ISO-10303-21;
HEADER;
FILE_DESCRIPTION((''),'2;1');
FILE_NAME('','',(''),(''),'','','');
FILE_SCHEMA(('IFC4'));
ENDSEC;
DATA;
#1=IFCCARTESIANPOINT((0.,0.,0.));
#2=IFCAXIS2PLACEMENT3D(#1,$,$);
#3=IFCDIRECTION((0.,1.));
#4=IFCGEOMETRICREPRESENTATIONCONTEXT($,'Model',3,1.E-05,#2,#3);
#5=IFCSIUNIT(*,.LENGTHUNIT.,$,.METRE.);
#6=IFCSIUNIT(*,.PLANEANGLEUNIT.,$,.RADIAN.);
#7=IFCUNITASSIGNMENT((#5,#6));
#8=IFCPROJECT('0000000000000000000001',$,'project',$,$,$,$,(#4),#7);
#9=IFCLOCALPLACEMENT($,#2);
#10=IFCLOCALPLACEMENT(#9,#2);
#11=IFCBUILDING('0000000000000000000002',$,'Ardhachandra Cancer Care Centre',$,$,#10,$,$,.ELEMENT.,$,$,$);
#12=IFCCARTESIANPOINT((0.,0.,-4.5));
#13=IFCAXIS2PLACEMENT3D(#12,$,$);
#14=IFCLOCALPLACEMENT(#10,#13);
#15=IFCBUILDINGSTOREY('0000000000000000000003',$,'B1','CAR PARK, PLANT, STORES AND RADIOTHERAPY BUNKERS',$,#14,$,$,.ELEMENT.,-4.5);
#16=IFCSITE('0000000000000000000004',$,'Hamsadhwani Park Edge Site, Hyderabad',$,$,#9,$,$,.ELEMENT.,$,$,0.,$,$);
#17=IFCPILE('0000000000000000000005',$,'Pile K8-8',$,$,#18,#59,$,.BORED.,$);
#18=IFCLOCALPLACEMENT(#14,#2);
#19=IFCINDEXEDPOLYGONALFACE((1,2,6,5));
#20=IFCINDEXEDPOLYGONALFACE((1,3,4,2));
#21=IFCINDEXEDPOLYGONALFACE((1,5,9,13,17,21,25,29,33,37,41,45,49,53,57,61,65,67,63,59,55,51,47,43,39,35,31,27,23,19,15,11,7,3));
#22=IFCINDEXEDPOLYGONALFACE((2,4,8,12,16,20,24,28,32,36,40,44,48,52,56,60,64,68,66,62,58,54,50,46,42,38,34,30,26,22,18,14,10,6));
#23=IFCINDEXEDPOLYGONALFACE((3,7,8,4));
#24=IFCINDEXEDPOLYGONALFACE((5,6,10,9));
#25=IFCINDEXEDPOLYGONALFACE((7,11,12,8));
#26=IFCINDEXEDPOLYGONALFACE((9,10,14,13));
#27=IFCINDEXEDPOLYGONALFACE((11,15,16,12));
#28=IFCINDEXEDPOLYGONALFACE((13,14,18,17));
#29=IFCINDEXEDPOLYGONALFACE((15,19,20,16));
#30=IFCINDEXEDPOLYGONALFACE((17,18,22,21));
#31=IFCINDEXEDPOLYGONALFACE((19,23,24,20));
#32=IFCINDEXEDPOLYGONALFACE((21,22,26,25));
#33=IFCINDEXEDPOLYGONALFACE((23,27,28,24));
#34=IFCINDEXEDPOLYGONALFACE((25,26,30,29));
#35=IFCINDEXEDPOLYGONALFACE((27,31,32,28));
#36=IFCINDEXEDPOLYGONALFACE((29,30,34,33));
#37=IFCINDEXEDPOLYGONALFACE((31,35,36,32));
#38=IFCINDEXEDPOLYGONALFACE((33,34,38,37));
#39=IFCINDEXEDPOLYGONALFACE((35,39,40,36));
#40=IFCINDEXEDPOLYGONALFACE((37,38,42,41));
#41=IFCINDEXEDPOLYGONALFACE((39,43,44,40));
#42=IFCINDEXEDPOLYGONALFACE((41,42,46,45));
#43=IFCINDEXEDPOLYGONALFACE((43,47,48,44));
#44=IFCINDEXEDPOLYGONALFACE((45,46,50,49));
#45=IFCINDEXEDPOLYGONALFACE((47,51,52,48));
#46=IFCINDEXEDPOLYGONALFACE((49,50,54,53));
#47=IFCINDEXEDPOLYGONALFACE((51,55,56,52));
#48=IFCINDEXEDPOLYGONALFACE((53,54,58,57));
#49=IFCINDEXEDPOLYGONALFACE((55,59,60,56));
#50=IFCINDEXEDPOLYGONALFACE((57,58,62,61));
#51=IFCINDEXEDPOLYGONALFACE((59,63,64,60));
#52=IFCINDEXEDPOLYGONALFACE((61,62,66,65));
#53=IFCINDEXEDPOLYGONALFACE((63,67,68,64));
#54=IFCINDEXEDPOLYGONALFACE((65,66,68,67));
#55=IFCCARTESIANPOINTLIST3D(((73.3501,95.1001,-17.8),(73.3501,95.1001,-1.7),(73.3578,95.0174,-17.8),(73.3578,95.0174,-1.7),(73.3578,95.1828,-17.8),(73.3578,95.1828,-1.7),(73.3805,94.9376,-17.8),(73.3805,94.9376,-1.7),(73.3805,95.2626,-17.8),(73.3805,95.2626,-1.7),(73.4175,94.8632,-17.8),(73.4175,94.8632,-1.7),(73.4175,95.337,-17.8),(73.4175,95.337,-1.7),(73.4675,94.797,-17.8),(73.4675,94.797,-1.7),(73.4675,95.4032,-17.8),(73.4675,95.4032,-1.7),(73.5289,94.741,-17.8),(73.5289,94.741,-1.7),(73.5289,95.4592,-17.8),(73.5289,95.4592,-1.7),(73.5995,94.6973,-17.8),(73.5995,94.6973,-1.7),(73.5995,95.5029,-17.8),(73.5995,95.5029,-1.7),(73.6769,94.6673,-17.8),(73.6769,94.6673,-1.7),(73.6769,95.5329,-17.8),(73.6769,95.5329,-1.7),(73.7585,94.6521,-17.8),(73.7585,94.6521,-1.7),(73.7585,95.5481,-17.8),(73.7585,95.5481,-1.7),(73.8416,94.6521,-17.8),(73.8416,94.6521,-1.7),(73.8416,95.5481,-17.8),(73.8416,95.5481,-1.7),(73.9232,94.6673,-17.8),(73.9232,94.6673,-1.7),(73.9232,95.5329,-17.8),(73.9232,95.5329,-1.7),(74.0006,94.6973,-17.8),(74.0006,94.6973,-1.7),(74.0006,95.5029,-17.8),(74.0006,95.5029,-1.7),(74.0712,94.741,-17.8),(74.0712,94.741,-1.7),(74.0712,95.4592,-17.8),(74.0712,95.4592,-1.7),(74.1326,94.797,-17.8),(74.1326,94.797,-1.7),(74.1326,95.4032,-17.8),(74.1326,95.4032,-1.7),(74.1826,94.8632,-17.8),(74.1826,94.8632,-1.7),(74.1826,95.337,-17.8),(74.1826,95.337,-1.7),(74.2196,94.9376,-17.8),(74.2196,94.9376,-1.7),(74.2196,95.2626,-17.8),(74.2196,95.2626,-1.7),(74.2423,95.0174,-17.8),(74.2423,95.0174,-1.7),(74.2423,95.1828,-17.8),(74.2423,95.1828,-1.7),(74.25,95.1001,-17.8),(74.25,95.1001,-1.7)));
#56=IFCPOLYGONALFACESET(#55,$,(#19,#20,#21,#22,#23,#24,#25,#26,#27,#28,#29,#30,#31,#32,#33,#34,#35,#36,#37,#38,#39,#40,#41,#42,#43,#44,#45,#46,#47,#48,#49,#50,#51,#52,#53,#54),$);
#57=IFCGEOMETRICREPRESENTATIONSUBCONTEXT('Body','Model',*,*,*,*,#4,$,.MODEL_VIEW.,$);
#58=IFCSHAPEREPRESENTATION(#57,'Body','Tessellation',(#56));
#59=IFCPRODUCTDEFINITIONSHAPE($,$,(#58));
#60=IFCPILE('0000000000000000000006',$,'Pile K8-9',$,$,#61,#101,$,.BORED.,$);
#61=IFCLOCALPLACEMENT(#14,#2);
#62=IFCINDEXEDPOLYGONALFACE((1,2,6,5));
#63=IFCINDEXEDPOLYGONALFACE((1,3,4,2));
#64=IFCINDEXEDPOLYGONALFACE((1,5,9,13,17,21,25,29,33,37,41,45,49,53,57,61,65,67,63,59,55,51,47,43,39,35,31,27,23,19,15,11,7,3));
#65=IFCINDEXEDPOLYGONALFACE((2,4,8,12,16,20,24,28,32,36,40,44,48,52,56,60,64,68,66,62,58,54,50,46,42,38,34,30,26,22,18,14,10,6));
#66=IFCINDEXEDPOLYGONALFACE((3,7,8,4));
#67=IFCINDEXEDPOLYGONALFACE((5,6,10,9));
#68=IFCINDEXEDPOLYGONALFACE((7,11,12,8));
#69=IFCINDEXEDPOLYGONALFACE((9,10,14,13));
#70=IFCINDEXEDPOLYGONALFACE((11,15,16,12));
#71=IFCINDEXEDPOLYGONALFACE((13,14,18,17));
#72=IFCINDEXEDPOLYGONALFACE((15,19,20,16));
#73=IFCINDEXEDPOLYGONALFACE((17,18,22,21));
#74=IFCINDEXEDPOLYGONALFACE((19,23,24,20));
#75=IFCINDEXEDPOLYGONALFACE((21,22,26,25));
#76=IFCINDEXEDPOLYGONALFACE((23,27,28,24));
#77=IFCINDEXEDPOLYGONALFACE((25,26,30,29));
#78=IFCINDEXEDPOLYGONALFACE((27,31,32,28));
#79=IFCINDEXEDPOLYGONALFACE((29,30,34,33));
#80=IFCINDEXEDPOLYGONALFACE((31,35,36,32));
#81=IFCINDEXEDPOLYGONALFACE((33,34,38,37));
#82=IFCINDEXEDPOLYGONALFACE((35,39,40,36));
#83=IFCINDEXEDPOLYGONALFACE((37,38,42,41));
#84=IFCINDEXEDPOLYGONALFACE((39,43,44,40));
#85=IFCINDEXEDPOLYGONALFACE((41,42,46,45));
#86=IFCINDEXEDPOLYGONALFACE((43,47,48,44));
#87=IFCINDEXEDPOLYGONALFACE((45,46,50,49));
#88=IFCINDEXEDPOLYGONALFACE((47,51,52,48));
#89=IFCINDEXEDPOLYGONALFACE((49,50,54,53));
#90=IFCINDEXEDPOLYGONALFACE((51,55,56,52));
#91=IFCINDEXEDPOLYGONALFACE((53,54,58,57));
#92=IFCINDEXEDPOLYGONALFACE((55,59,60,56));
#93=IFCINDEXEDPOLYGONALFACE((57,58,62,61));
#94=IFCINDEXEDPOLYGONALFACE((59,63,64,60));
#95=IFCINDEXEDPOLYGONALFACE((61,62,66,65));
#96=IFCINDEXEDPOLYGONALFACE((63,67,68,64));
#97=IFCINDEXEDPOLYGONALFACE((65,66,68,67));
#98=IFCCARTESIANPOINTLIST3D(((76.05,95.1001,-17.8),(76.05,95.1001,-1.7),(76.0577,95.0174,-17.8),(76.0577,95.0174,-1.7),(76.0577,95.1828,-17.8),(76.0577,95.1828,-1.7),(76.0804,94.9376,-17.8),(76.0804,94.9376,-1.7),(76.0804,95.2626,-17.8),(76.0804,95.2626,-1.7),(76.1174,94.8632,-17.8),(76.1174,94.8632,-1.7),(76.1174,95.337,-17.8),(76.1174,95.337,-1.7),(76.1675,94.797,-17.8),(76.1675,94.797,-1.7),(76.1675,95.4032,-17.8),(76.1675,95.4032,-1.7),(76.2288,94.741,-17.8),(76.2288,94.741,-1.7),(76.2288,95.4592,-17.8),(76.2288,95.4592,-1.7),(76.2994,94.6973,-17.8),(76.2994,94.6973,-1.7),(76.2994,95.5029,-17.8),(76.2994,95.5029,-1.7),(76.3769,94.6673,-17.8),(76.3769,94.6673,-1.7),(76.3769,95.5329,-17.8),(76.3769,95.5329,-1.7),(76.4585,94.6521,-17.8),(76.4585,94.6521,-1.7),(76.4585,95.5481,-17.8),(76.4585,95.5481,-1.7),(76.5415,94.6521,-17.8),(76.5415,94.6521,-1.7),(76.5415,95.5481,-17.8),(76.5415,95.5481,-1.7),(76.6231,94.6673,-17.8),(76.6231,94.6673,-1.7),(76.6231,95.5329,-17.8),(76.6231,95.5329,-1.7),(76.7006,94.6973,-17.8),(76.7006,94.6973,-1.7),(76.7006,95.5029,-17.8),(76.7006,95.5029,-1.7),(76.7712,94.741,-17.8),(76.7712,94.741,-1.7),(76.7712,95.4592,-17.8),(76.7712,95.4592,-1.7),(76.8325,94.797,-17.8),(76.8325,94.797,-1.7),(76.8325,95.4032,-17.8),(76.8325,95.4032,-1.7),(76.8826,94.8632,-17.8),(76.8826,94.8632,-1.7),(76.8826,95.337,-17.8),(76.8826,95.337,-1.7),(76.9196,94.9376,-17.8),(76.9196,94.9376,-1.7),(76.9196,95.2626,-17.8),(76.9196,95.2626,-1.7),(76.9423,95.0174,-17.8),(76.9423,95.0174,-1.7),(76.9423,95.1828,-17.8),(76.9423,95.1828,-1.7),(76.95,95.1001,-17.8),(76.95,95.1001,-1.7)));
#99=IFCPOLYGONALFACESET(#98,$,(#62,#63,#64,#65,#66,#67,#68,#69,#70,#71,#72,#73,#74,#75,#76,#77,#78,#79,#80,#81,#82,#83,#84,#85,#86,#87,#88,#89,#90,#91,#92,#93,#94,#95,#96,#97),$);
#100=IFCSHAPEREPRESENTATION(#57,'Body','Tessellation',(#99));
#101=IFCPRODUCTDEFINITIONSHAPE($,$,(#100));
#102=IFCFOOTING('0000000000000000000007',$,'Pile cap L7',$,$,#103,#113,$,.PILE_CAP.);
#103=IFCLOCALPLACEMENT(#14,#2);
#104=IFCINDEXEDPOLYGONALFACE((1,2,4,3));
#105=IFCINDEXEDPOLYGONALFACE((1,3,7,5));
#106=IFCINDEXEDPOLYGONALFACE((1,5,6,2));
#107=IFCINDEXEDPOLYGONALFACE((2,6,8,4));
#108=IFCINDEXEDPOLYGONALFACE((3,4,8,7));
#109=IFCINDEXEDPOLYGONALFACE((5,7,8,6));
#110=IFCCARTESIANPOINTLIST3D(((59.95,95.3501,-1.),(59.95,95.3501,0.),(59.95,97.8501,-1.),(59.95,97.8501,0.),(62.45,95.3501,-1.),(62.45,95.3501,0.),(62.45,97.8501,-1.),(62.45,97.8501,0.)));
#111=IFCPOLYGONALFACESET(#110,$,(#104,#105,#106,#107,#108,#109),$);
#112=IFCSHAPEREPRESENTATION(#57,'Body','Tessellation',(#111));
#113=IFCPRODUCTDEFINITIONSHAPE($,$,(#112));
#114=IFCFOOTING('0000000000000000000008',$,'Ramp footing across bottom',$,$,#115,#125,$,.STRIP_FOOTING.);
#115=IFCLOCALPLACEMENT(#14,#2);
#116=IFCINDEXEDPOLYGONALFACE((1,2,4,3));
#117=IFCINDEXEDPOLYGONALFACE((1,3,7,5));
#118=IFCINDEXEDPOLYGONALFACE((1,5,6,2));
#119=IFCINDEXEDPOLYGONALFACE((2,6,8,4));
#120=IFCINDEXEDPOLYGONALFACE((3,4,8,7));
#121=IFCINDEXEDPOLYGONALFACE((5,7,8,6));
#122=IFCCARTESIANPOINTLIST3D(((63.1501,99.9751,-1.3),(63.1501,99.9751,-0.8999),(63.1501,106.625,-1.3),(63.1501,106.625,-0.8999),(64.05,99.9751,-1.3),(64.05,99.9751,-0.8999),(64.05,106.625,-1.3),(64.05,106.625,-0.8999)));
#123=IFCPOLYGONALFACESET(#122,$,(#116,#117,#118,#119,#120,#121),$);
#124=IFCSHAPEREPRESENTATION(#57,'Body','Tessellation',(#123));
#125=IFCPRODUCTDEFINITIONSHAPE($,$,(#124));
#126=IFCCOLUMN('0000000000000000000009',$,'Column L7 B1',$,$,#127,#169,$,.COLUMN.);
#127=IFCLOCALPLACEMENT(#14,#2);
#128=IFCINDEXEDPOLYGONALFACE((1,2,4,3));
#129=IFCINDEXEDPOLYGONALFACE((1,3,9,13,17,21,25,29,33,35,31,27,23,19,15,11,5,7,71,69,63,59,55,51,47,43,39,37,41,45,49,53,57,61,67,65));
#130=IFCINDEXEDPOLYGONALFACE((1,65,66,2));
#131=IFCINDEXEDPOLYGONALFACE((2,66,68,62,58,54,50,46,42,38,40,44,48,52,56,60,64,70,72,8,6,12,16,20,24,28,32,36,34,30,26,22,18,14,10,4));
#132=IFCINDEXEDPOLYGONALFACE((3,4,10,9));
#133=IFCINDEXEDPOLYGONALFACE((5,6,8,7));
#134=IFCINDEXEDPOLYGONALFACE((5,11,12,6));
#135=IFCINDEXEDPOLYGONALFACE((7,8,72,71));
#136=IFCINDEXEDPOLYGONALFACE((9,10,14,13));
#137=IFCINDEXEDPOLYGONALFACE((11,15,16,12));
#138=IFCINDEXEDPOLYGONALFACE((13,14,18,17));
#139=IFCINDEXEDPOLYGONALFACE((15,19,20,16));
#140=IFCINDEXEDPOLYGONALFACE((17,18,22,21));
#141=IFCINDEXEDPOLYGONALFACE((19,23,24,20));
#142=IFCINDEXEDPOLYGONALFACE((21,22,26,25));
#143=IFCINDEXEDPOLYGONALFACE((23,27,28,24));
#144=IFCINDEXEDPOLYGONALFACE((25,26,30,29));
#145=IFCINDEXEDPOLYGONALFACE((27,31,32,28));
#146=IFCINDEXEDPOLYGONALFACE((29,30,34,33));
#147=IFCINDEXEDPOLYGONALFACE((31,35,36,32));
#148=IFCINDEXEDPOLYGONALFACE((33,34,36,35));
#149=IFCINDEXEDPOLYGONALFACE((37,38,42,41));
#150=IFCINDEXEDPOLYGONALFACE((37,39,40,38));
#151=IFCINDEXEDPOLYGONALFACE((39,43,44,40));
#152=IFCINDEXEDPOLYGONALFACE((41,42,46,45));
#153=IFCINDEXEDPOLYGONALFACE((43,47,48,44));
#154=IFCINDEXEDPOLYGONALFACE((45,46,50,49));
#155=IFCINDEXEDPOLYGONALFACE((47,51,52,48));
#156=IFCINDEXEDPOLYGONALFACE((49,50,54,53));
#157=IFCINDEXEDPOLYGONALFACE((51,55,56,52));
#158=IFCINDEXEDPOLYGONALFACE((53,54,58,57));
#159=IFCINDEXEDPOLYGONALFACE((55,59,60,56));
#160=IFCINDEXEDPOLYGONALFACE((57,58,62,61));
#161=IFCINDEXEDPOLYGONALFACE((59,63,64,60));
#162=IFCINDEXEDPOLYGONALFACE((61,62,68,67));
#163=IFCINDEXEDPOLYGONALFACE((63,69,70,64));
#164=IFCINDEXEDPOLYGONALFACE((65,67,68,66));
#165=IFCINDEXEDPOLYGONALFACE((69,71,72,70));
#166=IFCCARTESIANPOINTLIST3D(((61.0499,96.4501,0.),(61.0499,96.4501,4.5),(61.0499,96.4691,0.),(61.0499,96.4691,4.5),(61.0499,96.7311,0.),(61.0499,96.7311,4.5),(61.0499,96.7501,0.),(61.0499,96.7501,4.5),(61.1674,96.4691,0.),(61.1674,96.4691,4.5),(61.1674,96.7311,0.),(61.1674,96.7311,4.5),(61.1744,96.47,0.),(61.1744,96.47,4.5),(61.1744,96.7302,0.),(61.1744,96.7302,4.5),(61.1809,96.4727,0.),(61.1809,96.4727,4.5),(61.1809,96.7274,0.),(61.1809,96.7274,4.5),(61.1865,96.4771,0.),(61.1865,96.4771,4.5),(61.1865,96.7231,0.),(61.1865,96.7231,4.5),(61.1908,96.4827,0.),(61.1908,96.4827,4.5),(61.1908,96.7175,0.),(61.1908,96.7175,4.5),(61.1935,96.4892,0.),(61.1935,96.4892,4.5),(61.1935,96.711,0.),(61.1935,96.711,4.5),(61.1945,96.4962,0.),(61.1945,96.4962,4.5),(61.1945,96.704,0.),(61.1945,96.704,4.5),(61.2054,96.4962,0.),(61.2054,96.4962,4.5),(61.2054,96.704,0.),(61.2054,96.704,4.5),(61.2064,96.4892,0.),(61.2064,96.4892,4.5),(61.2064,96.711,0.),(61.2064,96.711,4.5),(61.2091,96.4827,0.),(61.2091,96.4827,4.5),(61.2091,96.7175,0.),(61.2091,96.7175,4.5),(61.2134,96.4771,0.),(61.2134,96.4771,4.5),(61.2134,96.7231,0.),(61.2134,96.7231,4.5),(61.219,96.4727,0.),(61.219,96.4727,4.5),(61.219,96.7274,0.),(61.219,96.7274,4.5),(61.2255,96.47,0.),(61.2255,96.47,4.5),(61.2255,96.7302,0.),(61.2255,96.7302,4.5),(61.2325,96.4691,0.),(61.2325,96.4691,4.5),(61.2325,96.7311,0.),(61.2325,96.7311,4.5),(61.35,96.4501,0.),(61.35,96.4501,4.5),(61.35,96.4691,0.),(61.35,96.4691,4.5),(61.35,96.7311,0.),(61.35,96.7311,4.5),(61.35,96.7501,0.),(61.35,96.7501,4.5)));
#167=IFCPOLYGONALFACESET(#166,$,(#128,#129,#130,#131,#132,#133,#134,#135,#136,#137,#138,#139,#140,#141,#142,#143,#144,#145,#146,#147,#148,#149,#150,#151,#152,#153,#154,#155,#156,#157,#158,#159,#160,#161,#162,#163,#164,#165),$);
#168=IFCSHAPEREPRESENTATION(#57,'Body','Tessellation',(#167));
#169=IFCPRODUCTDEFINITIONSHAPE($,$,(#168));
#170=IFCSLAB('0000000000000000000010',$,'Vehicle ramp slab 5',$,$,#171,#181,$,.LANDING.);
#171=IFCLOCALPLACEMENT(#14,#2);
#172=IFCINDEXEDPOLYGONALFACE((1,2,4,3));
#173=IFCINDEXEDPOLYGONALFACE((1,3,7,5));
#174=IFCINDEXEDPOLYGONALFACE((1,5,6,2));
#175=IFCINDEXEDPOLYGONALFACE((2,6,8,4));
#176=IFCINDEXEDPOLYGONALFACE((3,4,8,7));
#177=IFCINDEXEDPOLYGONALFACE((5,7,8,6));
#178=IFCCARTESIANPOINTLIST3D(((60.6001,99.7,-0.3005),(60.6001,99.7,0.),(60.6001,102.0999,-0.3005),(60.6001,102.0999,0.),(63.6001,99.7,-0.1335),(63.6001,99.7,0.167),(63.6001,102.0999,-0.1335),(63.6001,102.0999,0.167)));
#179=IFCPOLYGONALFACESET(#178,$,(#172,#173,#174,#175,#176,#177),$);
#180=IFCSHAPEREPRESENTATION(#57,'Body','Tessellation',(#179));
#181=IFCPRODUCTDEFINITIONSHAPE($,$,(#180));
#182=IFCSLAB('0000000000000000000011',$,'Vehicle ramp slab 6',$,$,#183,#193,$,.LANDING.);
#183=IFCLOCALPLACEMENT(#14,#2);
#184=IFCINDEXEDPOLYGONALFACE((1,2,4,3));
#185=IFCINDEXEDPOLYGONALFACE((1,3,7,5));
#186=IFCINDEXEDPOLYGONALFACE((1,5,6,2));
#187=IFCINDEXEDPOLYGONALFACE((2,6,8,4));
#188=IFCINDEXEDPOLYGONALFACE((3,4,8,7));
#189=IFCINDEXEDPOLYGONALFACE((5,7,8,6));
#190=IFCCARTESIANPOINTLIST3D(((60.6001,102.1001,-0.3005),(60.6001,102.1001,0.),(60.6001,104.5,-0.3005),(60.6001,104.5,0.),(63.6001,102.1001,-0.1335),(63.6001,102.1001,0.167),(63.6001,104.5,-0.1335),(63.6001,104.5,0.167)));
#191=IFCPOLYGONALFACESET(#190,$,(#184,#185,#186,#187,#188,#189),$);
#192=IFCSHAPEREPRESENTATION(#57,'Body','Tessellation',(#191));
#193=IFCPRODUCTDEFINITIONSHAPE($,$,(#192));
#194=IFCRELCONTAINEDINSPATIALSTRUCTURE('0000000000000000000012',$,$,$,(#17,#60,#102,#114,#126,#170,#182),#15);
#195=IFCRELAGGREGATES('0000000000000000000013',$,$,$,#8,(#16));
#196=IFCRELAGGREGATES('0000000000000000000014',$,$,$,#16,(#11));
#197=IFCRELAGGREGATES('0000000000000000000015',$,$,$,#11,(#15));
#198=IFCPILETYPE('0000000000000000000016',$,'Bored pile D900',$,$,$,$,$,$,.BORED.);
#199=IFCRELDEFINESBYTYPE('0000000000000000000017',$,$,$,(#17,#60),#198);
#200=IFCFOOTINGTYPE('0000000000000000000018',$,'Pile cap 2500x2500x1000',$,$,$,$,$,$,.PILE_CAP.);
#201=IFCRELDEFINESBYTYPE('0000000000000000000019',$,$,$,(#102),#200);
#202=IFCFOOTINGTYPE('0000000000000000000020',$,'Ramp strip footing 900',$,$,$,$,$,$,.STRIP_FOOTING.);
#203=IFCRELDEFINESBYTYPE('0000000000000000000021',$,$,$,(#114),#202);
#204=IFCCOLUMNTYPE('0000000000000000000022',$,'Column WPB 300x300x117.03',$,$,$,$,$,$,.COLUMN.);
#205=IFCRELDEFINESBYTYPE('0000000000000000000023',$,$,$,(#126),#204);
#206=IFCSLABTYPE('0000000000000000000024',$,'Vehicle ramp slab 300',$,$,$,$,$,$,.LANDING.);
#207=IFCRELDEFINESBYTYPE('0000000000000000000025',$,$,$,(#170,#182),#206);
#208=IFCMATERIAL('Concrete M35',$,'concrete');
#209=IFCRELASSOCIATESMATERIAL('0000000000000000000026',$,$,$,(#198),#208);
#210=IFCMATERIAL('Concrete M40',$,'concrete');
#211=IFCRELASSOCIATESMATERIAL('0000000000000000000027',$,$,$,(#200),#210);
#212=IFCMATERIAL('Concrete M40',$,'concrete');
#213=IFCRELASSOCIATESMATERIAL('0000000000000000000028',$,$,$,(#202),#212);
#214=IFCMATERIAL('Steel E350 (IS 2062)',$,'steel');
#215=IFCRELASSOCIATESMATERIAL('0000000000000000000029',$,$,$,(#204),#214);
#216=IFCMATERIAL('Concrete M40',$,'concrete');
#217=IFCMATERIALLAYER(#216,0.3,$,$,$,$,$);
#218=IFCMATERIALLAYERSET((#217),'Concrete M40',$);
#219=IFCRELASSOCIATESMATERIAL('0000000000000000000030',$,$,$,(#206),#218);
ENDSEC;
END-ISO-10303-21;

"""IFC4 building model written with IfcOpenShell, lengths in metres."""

from ifc_helpers import new_model, si_unit, direction, frame, origin, origin_2d, place, context, subcontext, project, spatial, polyline, rectangle, circle, i_section, outline, extrude, material, layer, layer_set, material_profile, profile_set, type_object, element, save


model = new_model("IFC4")

# Units and contexts
model_context = context("Model", 3, precision=1e-05, world=origin(), true_north=direction((0.0, 1.0)))
body_context = subcontext(model_context, "Body", "Model", "MODEL_VIEW")
ifc_project = project(units=[si_unit("LENGTHUNIT", "METRE"), si_unit("PLANEANGLEUNIT", "RADIAN")], contexts=[model_context])

# Site, building, storey
site_placement = place(None, origin())
site = spatial("IfcSite", under=ifc_project, at=site_placement, Name="Hamsadhwani Park Edge Site, Hyderabad", CompositionType="ELEMENT", RefElevation=0.0)
building_placement = place(site_placement, origin())
building = spatial("IfcBuilding", under=site, at=building_placement, Name="Ardhachandra Cancer Care Centre", CompositionType="ELEMENT")
storey_placement = place(building_placement, frame((0.0, 0.0, -4.5)))
storey = spatial("IfcBuildingStorey", under=building, at=storey_placement, Name="B1", Description="CAR PARK, PLANT, STORES AND RADIOTHERAPY BUNKERS", CompositionType="ELEMENT", Elevation=-4.5)

# Piles
ifc_material_1 = material(Name="Concrete M35", Category="concrete")
ifc_material_profile_1 = material_profile(ifc_material_1, circle(Radius=0.45, at=origin_2d()), Name="D900")
ifc_profile_set_1 = profile_set([ifc_material_profile_1], Name="Concrete M35")
pile_type_1 = type_object("IfcPileType", Name="Bored pile D900", PredefinedType="BORED", material=ifc_profile_set_1)
for number, where, z_axis, x_axis, name in (
    (1, (73.8, 95.1001, -1.7), (0.0, 0.0, -1.0), (1.0, 0.0, 0.0), "Pile K8-8"),
    (2, (76.5, 95.1001, -1.7), (0.0, 0.0, -1.0), (1.0, 0.0, 0.0), "Pile K8-9"),
):
    element("IfcPile", number, at=place(storey_placement, frame(where, z_axis=z_axis, x_axis=x_axis)), inside=storey, type_object=pile_type_1, Name=name, PredefinedType="BORED", context=body_context, shape_type="SweptSolid", body=[
        extrude(circle(Radius=0.45, at=origin_2d()), origin(), (0.0, 0.0, 1.0), 16.1001),
    ])

# Footings
ifc_material_2 = material(Name="Concrete M40", Category="concrete")
footing_type_1 = type_object("IfcFootingType", Name="Pile cap 2500x2500x1000", PredefinedType="PILE_CAP", material=ifc_material_2)
footing_1_placement = place(storey_placement, frame((61.2, 96.6001, -1.0), z_axis=(0.0, 0.0, 1.0), x_axis=(1.0, 0.0, 0.0)))
element("IfcFooting", 3, at=footing_1_placement, inside=storey, type_object=footing_type_1, Name="Pile cap L7", PredefinedType="PILE_CAP", context=body_context, shape_type="SweptSolid", body=[
    extrude(rectangle(XDim=2.5, YDim=2.5, at=origin_2d()), origin(), (0.0, 0.0, 1.0), 1.0),
])
ifc_material_3 = material(Name="Concrete M40", Category="concrete")
footing_type_2 = type_object("IfcFootingType", Name="Ramp strip footing 900", PredefinedType="STRIP_FOOTING", material=ifc_material_3)
footing_2_placement = place(storey_placement, frame((63.6001, 99.9751, -1.3), z_axis=(0.0, 0.0, 1.0), x_axis=(0.0, 1.0, 0.0)))
element("IfcFooting", 4, at=footing_2_placement, inside=storey, type_object=footing_type_2, Name="Ramp footing across bottom", PredefinedType="STRIP_FOOTING", context=body_context, shape_type="SweptSolid", body=[
    extrude(outline(polyline([(0.0, 0.0), (6.6499, 0.0), (6.6499, 0.4001), (0.0, 0.4001), (0.0, 0.0)])), frame((0.0, 0.45, 0.0), z_axis=(0.0, -1.0, 0.0), x_axis=(1.0, 0.0, 0.0)), (0.0, 0.0, 1.0), 0.8999),
])

# Column
ifc_material_4 = material(Name="Steel E350 (IS 2062)", Category="steel")
ifc_material_profile_2 = material_profile(ifc_material_4, i_section(OverallWidth=0.3, OverallDepth=0.3, WebThickness=0.011, FlangeThickness=0.019, FilletRadius=0.0271, at=origin_2d()), Name="WPB 300x300x117.03")
ifc_profile_set_2 = profile_set([ifc_material_profile_2], Name="Steel E350 (IS 2062)")
column_type = type_object("IfcColumnType", Name="Column WPB 300x300x117.03", PredefinedType="COLUMN", material=ifc_profile_set_2)
column_placement = place(storey_placement, frame((61.2, 96.6001, 0.0), z_axis=(0.0, 0.0, 1.0), x_axis=(1.0, 0.0, 0.0)))
element("IfcColumn", 5, at=column_placement, inside=storey, type_object=column_type, Name="Column L7 B1", PredefinedType="COLUMN", context=body_context, shape_type="SweptSolid", body=[
    extrude(i_section(OverallWidth=0.3, OverallDepth=0.3, WebThickness=0.011, FlangeThickness=0.019, FilletRadius=0.0271, at=origin_2d()), origin(), (0.0, 0.0, 1.0), 4.5),
])

# Slabs
ifc_material_5 = material(Name="Concrete M40", Category="concrete")
ifc_layer_1 = layer(ifc_material_5, 0.3)
ifc_layer_set_1 = layer_set([ifc_layer_1], Name="Concrete M40")
slab_type = type_object("IfcSlabType", Name="Vehicle ramp slab 300", PredefinedType="LANDING", material=ifc_layer_set_1)
for number, where, z_axis, x_axis, name in (
    (6, (63.6001, 100.8999, 0.167), (0.0, 0.0, 1.0), (-1.0, 0.0, 0.0), "Vehicle ramp slab 5"),
    (7, (63.6001, 103.3, 0.167), (0.0, 0.0, 1.0), (-1.0, 0.0, 0.0), "Vehicle ramp slab 6"),
):
    element("IfcSlab", number, at=place(storey_placement, frame(where, z_axis=z_axis, x_axis=x_axis)), inside=storey, type_object=slab_type, Name=name, PredefinedType="LANDING", context=body_context, shape_type="SweptSolid", body=[
        extrude(outline(polyline([(0.0, -0.3005), (3.0, -0.4675), (3.0, -0.167), (0.0, 0.0), (0.0, -0.3005)])), frame((0.0, 1.2, 0.0), z_axis=(0.0, -1.0, 0.0), x_axis=(1.0, 0.0, 0.0)), (0.0, 0.0, 1.0), 2.3999),
    ])

save(model, "model.ifc")
